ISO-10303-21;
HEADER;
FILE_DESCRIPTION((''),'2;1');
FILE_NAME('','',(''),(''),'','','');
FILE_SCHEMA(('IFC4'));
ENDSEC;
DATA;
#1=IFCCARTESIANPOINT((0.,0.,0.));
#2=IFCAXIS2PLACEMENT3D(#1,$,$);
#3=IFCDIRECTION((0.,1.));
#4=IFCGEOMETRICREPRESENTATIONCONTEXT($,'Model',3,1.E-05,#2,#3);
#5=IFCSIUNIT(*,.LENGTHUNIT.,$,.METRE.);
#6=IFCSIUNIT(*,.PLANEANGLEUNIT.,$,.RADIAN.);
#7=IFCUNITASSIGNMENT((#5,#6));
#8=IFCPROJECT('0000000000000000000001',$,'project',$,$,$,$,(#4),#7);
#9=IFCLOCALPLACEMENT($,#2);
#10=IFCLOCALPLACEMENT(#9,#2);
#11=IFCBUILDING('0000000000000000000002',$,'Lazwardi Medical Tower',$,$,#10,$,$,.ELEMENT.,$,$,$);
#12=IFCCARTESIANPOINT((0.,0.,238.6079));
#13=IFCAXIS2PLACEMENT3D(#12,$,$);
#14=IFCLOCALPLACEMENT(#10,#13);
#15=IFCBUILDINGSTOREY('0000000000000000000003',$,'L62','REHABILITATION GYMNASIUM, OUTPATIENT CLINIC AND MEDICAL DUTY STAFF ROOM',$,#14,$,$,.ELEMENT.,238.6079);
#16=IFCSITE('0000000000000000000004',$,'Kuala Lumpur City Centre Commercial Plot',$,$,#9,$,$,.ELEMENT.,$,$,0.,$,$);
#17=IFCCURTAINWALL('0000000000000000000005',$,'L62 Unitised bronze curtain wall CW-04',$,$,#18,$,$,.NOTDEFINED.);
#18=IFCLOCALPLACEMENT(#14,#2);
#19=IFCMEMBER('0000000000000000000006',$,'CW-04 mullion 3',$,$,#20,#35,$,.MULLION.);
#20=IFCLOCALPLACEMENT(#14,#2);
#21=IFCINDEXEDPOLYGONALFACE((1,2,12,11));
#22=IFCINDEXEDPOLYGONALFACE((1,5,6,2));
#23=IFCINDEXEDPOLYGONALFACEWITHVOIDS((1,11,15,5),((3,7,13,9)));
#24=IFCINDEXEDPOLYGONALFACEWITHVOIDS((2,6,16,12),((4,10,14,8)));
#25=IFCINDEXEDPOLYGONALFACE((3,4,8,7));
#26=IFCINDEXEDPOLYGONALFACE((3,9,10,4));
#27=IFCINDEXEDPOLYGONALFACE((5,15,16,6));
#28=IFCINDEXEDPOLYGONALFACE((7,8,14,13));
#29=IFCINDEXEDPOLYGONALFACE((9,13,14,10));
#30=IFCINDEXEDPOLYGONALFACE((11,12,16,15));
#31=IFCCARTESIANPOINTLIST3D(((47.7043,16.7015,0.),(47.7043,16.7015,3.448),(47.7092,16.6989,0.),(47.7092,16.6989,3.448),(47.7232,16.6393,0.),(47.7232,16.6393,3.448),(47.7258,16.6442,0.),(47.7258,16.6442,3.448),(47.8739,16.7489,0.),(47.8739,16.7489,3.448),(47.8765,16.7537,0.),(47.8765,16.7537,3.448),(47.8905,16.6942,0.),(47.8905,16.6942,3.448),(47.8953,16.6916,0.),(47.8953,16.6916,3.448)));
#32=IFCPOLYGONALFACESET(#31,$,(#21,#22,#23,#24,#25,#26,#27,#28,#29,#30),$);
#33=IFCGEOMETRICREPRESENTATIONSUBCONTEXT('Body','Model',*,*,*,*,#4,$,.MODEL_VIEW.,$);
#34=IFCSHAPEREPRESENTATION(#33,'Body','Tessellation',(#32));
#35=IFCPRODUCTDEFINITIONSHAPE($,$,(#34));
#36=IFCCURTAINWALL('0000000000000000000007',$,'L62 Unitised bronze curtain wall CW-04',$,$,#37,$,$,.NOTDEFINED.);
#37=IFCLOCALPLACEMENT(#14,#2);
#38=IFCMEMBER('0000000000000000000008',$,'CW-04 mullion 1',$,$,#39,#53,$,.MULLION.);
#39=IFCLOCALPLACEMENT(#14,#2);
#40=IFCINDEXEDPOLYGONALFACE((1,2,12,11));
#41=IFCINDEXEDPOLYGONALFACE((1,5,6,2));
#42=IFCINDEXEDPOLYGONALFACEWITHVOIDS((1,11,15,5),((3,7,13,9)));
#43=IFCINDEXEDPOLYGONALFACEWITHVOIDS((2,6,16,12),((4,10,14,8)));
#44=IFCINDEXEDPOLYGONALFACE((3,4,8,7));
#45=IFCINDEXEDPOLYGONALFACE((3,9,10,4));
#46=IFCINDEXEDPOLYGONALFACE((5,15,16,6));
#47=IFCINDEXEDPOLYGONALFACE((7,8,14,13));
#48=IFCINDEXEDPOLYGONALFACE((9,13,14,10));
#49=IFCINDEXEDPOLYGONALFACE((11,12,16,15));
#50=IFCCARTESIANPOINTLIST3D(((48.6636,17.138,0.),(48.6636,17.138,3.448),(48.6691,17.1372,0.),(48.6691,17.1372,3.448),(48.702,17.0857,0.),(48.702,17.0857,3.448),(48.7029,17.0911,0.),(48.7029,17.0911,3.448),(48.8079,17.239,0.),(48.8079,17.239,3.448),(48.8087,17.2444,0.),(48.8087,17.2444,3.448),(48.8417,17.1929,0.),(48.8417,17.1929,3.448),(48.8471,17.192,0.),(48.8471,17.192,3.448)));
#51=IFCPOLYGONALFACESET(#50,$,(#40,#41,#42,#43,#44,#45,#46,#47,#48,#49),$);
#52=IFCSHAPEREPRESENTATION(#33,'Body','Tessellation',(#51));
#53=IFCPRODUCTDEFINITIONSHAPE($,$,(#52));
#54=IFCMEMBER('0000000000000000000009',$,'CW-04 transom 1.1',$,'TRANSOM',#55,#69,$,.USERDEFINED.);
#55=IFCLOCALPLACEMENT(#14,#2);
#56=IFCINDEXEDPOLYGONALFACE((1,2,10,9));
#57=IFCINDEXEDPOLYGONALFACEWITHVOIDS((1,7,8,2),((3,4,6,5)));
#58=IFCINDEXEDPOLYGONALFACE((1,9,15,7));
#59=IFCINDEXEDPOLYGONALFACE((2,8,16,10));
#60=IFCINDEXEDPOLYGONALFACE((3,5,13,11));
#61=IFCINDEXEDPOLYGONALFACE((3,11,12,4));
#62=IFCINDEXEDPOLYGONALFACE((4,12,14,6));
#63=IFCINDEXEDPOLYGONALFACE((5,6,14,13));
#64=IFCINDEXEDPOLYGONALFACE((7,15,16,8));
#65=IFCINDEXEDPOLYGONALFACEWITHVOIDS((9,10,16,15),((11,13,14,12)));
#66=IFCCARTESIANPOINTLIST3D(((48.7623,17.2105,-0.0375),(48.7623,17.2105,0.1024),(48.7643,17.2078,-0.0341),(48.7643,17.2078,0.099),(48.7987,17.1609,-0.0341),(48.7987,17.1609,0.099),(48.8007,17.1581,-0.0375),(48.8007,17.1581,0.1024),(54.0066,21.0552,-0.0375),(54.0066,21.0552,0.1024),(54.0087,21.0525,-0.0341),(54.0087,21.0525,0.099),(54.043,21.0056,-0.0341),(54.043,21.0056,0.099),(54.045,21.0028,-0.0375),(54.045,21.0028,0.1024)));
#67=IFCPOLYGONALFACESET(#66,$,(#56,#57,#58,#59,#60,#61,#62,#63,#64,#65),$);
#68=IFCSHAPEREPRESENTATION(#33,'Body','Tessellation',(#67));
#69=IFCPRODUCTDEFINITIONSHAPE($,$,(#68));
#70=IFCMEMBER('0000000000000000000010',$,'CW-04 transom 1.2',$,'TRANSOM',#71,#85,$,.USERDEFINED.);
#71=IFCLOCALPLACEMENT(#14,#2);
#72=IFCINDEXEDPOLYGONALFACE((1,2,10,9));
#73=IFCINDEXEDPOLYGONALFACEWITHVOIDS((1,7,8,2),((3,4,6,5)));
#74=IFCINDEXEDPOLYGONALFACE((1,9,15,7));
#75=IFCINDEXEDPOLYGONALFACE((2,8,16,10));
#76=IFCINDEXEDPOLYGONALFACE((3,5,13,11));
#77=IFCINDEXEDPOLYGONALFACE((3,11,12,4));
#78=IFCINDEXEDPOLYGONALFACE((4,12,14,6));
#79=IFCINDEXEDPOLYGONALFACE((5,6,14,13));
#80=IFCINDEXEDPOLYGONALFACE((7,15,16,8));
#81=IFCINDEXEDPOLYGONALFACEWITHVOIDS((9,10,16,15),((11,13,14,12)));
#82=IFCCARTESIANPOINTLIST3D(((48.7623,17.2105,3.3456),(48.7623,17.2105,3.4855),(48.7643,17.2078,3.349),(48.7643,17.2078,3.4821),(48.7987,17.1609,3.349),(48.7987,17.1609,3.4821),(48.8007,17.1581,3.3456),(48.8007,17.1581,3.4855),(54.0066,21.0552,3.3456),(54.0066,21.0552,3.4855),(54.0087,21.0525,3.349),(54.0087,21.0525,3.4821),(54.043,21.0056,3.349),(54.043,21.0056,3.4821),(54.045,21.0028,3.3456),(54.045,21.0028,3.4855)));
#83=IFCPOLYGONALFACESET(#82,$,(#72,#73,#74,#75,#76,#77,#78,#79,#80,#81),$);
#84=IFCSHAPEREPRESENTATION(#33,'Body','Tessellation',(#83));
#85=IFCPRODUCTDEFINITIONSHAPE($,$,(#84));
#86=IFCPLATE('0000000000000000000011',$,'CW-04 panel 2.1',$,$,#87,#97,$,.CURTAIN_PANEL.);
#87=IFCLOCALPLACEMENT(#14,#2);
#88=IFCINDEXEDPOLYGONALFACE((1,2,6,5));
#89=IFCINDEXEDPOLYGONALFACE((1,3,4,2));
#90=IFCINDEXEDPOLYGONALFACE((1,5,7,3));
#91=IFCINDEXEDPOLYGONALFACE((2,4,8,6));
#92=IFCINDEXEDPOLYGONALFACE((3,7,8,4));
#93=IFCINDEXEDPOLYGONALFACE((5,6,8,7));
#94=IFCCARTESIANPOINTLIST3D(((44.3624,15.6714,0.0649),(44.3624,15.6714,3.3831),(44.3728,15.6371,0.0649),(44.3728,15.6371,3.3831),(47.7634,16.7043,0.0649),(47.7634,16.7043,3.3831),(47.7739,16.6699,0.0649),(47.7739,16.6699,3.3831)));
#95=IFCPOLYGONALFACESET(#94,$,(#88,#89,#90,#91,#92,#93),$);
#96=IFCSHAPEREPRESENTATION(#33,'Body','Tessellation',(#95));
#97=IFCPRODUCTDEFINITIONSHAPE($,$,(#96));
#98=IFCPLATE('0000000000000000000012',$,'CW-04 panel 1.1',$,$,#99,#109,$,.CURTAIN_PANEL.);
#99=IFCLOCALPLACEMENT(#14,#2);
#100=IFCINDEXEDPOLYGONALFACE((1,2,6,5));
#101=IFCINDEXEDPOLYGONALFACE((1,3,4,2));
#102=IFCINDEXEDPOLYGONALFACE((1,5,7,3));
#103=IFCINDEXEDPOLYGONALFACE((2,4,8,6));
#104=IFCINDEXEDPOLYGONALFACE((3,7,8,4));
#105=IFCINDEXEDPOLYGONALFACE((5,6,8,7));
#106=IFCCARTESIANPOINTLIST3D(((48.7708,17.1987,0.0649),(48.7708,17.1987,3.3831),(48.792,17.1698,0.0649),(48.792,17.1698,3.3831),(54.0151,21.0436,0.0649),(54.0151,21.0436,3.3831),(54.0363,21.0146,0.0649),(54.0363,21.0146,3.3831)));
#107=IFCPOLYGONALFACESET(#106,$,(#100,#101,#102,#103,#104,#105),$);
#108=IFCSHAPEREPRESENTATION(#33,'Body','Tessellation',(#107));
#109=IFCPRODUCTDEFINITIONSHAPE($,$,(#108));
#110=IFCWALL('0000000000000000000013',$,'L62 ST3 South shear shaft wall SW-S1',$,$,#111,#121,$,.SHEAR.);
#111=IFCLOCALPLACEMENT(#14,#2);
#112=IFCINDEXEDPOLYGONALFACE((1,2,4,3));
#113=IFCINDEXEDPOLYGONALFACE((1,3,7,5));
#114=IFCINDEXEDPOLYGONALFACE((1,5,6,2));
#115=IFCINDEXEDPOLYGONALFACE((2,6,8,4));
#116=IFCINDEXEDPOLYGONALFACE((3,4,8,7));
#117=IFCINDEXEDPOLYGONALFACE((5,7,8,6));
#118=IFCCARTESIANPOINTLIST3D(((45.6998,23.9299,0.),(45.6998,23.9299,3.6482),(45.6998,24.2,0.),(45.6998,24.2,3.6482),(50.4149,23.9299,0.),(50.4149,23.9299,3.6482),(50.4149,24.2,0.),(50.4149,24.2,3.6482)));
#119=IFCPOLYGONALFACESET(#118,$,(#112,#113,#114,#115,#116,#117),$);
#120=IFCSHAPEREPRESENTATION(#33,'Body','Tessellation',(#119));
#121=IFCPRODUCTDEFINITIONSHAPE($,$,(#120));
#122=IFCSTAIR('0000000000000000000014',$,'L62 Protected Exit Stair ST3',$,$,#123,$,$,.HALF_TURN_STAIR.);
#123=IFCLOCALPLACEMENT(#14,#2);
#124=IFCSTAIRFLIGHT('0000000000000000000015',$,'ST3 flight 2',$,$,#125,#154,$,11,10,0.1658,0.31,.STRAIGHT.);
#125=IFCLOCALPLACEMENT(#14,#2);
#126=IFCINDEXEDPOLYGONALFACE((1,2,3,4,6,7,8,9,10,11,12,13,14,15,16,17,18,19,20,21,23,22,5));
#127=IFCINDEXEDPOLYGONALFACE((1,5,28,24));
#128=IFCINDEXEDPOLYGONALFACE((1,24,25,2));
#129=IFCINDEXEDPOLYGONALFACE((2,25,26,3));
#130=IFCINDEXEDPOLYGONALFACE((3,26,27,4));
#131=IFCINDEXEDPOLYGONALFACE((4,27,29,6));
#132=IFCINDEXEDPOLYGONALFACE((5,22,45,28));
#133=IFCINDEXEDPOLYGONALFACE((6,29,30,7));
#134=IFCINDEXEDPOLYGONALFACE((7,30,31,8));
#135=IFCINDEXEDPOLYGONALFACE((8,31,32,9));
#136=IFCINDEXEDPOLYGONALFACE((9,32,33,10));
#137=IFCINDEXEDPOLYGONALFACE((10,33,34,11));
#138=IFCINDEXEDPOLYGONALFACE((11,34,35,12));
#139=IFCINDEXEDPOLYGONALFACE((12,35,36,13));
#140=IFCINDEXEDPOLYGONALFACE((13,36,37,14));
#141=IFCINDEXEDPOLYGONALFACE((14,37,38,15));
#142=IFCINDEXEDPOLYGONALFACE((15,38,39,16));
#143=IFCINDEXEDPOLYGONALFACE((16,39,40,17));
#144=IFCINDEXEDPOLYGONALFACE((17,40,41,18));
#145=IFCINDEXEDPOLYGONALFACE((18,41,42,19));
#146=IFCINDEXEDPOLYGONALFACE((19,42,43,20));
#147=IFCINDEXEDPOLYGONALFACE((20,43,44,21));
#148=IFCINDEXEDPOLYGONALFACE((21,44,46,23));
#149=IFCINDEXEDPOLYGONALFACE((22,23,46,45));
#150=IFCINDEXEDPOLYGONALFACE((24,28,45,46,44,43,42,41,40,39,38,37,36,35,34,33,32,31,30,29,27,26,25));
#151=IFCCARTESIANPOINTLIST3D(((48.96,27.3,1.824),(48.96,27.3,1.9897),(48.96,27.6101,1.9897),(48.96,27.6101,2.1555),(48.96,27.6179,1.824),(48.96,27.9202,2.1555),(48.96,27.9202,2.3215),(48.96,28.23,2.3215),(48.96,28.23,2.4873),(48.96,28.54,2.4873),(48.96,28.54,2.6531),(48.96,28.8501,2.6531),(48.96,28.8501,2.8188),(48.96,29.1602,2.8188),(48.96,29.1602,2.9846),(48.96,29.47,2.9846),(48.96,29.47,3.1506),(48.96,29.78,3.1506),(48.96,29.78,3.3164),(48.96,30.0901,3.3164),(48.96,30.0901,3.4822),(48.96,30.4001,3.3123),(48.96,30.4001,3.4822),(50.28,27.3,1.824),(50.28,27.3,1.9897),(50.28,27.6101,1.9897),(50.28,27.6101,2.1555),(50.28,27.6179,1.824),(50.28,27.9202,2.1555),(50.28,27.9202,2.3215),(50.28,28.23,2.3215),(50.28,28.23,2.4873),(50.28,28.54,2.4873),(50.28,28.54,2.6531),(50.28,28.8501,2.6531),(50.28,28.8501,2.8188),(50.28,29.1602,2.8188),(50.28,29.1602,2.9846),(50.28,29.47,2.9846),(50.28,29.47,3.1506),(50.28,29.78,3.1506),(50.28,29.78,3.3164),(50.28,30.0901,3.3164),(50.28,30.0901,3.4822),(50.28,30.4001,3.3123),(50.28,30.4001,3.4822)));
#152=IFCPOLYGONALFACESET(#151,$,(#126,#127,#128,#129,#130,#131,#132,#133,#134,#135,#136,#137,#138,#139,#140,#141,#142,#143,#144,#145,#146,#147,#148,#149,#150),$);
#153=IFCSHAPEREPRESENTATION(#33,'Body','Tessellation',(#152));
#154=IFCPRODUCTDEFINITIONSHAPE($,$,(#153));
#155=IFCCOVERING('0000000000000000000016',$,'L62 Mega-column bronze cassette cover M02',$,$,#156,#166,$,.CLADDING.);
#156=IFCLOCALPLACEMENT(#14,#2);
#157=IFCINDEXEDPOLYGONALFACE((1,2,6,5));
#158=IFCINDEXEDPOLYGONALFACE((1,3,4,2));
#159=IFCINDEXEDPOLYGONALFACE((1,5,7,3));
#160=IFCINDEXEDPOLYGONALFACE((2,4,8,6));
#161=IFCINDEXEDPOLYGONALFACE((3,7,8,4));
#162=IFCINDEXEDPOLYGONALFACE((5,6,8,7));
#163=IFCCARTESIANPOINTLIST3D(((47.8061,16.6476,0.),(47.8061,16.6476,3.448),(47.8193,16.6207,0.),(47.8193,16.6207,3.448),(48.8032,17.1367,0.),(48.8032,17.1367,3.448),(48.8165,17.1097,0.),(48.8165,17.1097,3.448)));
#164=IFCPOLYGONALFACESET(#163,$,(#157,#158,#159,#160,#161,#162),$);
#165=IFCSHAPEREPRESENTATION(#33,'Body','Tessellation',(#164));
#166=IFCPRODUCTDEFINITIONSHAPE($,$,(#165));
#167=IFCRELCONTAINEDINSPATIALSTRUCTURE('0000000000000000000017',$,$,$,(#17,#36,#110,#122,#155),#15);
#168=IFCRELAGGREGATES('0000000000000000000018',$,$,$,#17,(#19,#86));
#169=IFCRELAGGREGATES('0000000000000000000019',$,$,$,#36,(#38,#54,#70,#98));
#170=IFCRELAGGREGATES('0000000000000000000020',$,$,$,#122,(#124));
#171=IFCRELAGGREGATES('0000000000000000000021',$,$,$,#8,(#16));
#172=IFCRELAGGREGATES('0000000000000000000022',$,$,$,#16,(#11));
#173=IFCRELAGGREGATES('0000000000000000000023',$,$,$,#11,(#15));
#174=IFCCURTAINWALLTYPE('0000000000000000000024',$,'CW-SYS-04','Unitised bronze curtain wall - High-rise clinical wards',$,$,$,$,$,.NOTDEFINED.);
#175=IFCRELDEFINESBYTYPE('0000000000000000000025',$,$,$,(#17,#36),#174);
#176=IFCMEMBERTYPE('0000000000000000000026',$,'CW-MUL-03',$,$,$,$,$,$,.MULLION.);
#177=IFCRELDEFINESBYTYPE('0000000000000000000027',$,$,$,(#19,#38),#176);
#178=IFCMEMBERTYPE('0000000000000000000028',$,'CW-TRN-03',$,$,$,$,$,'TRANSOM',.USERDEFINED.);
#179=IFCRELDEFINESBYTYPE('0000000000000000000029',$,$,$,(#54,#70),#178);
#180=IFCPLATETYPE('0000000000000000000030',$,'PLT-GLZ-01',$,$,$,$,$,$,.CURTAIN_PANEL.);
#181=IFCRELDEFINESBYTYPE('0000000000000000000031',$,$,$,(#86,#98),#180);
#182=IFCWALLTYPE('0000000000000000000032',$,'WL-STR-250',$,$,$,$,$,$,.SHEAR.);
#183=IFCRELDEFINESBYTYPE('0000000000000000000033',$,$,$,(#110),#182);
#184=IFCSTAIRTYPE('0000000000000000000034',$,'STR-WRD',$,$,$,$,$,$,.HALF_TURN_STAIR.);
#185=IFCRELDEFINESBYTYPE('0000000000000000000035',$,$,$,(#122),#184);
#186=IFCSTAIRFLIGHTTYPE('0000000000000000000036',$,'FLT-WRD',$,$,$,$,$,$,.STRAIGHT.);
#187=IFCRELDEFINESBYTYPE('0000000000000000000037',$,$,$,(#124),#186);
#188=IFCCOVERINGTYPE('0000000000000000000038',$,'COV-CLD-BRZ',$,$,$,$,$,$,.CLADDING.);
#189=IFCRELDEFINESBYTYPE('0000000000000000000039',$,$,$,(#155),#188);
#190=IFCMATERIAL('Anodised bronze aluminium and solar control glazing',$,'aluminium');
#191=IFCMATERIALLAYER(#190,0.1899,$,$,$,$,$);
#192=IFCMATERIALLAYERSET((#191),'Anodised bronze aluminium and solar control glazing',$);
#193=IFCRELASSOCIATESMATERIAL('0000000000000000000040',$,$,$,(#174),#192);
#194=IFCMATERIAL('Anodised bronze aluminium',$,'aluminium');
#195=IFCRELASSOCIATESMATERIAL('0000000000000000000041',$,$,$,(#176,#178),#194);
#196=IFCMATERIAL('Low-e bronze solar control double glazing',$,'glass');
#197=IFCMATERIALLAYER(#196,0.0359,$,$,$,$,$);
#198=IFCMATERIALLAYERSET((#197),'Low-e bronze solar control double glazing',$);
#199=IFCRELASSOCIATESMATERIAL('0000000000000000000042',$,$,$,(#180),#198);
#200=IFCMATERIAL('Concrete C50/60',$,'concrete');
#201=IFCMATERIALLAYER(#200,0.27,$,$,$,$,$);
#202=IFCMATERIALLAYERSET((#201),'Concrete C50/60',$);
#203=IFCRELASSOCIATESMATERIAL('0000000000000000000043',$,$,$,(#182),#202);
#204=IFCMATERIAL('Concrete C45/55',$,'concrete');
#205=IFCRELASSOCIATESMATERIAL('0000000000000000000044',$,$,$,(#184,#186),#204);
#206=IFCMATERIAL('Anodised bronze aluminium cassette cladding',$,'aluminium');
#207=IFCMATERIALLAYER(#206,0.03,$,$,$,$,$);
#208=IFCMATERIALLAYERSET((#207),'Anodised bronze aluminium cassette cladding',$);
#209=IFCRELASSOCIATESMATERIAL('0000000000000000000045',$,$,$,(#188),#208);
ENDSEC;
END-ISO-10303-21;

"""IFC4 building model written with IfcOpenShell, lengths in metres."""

from ifc_helpers import new_model, si_unit, direction, frame, frame_2d, origin, origin_2d, place, context, subcontext, project, spatial, polyline, rectangle, hollow_rectangle, outline, extrude, material, layer, layer_set, material_profile, profile_set, type_object, element, aggregate, save


model = new_model("IFC4")

# Units and contexts
model_context = context("Model", 3, precision=1e-05, world=origin(), true_north=direction((0.0, 1.0)))
body_context = subcontext(model_context, "Body", "Model", "MODEL_VIEW")
ifc_project = project(units=[si_unit("LENGTHUNIT", "METRE"), si_unit("PLANEANGLEUNIT", "RADIAN")], contexts=[model_context])

# Site, building, storey
site_placement = place(None, origin())
site = spatial("IfcSite", under=ifc_project, at=site_placement, Name="Kuala Lumpur City Centre Commercial Plot", CompositionType="ELEMENT", RefElevation=0.0)
building_placement = place(site_placement, origin())
building = spatial("IfcBuilding", under=site, at=building_placement, Name="Lazwardi Medical Tower", CompositionType="ELEMENT")
storey_placement = place(building_placement, frame((0.0, 0.0, 238.6079)))
storey = spatial("IfcBuildingStorey", under=building, at=storey_placement, Name="L62", Description="REHABILITATION GYMNASIUM, OUTPATIENT CLINIC AND MEDICAL DUTY STAFF ROOM", CompositionType="ELEMENT", Elevation=238.6079)

# Curtain wall, member
ifc_material_1 = material(Name="Anodised bronze aluminium and solar control glazing", Category="aluminium")
ifc_layer_1 = layer(ifc_material_1, 0.1899)
ifc_layer_set_1 = layer_set([ifc_layer_1], Name="Anodised bronze aluminium and solar control glazing")
curtain_wall_type = type_object("IfcCurtainWallType", Name="CW-SYS-04", Description="Unitised bronze curtain wall - High-rise clinical wards", PredefinedType="NOTDEFINED", material=ifc_layer_set_1)
curtain_wall_1_placement = place(storey_placement, origin())
curtain_wall_1 = element("IfcCurtainWall", 1, at=curtain_wall_1_placement, inside=storey, type_object=curtain_wall_type, Name="L62 Unitised bronze curtain wall CW-04", PredefinedType="NOTDEFINED")
ifc_material_2 = material(Name="Anodised bronze aluminium", Category="aluminium")
ifc_material_profile_1 = material_profile(ifc_material_2, hollow_rectangle(XDim=0.0649, YDim=0.1799, WallThickness=0.0039, at=origin_2d()), Name="ALU-MULLION 180x65x4")
ifc_profile_set_1 = profile_set([ifc_material_profile_1], Name="Anodised bronze aluminium")
member_type_1 = type_object("IfcMemberType", Name="CW-MUL-03", PredefinedType="MULLION", material=ifc_profile_set_1)
member_1_placement = place(storey_placement, frame((47.7998, 16.6965, 0.0), z_axis=(0.0, 0.0, 1.0), x_axis=(-0.290582, 0.95685, 0.0)))
member_1 = element("IfcMember", 2, at=member_1_placement, type_object=member_type_1, Name="CW-04 mullion 3", PredefinedType="MULLION", context=body_context, shape_type="SweptSolid", body=[
    extrude(hollow_rectangle(XDim=0.0649, YDim=0.1799, WallThickness=0.0039, at=origin_2d()), origin(), (0.0, 0.0, 1.0), 3.448),
])

# Curtain wall, members
curtain_wall_2_placement = place(storey_placement, origin())
curtain_wall_2 = element("IfcCurtainWall", 3, at=curtain_wall_2_placement, inside=storey, type_object=curtain_wall_type, Name="L62 Unitised bronze curtain wall CW-04", PredefinedType="NOTDEFINED")
member_2_placement = place(storey_placement, frame((48.7554, 17.165, 0.0), z_axis=(0.0, 0.0, 1.0), x_axis=(-0.591268, 0.806475, 0.0)))
member_2 = element("IfcMember", 4, at=member_2_placement, type_object=member_type_1, Name="CW-04 mullion 1", PredefinedType="MULLION", context=body_context, shape_type="SweptSolid", body=[
    extrude(hollow_rectangle(XDim=0.0649, YDim=0.1799, WallThickness=0.0039, at=origin_2d()), origin(), (0.0, 0.0, 1.0), 3.448),
])
ifc_material_profile_2 = material_profile(ifc_material_2, hollow_rectangle(XDim=0.0649, YDim=0.1399, WallThickness=0.0034, at=origin_2d()), Name="ALU-TRANSOM 140x65x3.5")
ifc_profile_set_2 = profile_set([ifc_material_profile_2], Name="Anodised bronze aluminium")
member_type_2 = type_object("IfcMemberType", Name="CW-TRN-03", ElementType="TRANSOM", PredefinedType="USERDEFINED", material=ifc_profile_set_2)
member_3_placement = place(storey_placement, frame((48.7815, 17.1843, 0.0325), z_axis=(0.80649, 0.591248, 0.0), x_axis=(-0.591248, 0.80649, 0.0)))
member_3 = element("IfcMember", 5, at=member_3_placement, type_object=member_type_2, Name="CW-04 transom 1.1", ObjectType="TRANSOM", PredefinedType="USERDEFINED", context=body_context, shape_type="SweptSolid", body=[
    extrude(hollow_rectangle(XDim=0.0649, YDim=0.1399, WallThickness=0.0034, at=origin_2d()), origin(), (0.0, 0.0, 1.0), 6.5027),
])
member_4_placement = place(storey_placement, frame((48.7815, 17.1843, 3.4155), z_axis=(0.80649, 0.591248, 0.0), x_axis=(-0.591248, 0.80649, 0.0)))
member_4 = element("IfcMember", 6, at=member_4_placement, type_object=member_type_2, Name="CW-04 transom 1.2", ObjectType="TRANSOM", PredefinedType="USERDEFINED", context=body_context, shape_type="SweptSolid", body=[
    extrude(hollow_rectangle(XDim=0.0649, YDim=0.1399, WallThickness=0.0034, at=origin_2d()), origin(), (0.0, 0.0, 1.0), 6.5027),
])

# Plates
ifc_material_3 = material(Name="Low-e bronze solar control double glazing", Category="glass")
ifc_layer_2 = layer(ifc_material_3, 0.0359)
ifc_layer_set_2 = layer_set([ifc_layer_2], Name="Low-e bronze solar control double glazing")
plate_type = type_object("IfcPlateType", Name="PLT-GLZ-01", PredefinedType="CURTAIN_PANEL", material=ifc_layer_set_2)
plate_1_placement = place(storey_placement, frame((46.0681, 16.1707, 0.0649), z_axis=(0.0, 0.0, 1.0), x_axis=(0.95685, 0.290582, 0.0)))
plate_1 = element("IfcPlate", 7, at=plate_1_placement, type_object=plate_type, Name="CW-04 panel 2.1", PredefinedType="CURTAIN_PANEL", context=body_context, shape_type="SweptSolid", body=[
    extrude(rectangle(XDim=3.5544, YDim=0.0359, at=origin_2d()), origin(), (0.0, 0.0, 1.0), 3.3181),
])
aggregate(curtain_wall_1, [member_1, plate_1])
plate_2_placement = place(storey_placement, frame((51.4036, 19.1067, 0.0649), z_axis=(0.0, 0.0, 1.0), x_axis=(0.806475, 0.591268, 0.0)))
plate_2 = element("IfcPlate", 8, at=plate_2_placement, type_object=plate_type, Name="CW-04 panel 1.1", PredefinedType="CURTAIN_PANEL", context=body_context, shape_type="SweptSolid", body=[
    extrude(rectangle(XDim=6.5027, YDim=0.0359, at=origin_2d()), origin(), (0.0, 0.0, 1.0), 3.3181),
])
aggregate(curtain_wall_2, [member_2, member_3, member_4, plate_2])

# Wall
ifc_material_4 = material(Name="Concrete C50/60", Category="concrete")
ifc_layer_3 = layer(ifc_material_4, 0.27)
ifc_layer_set_3 = layer_set([ifc_layer_3], Name="Concrete C50/60")
wall_type = type_object("IfcWallType", Name="WL-STR-250", PredefinedType="SHEAR", material=ifc_layer_set_3)
wall_placement = place(storey_placement, frame((45.7, 24.0649, 0.0), z_axis=(0.0, 0.0, 1.0), x_axis=(1.0, 0.0, 0.0)))
element("IfcWall", 9, at=wall_placement, inside=storey, type_object=wall_type, Name="L62 ST3 South shear shaft wall SW-S1", PredefinedType="SHEAR", context=body_context, shape_type="SweptSolid", body=[
    extrude(rectangle(XDim=4.7151, YDim=0.27, at=frame_2d((2.3574, 0.0))), origin(), (0.0, 0.0, 1.0), 3.6482),
])

# Stair, stair flight
ifc_material_5 = material(Name="Concrete C45/55", Category="concrete")
stair_type = type_object("IfcStairType", Name="STR-WRD", PredefinedType="HALF_TURN_STAIR", material=ifc_material_5)
stair_placement = place(storey_placement, origin())
stair = element("IfcStair", 10, at=stair_placement, inside=storey, type_object=stair_type, Name="L62 Protected Exit Stair ST3", PredefinedType="HALF_TURN_STAIR")
stair_flight_type = type_object("IfcStairFlightType", Name="FLT-WRD", PredefinedType="STRAIGHT", material=ifc_material_5)
stair_flight_placement = place(storey_placement, frame((49.6201, 27.3, 1.824), z_axis=(0.0, 0.0, 1.0), x_axis=(0.0, 1.0, 0.0)))
stair_flight = element("IfcStairFlight", 11, at=stair_flight_placement, type_object=stair_flight_type, Name="ST3 flight 2", NumberOfRisers=11, NumberOfTreads=10, PredefinedType="STRAIGHT", RiserHeight=0.1658, TreadLength=0.31, context=body_context, shape_type="SweptSolid", body=[
    extrude(outline(polyline([(0.0, 0.0), (0.0, 0.1658), (0.3101, 0.1658), (0.3101, 0.3315), (0.6201, 0.3315), (0.6201, 0.4976), (0.9299, 0.4976), (0.9299, 0.6633), (1.24, 0.6633), (1.24, 0.8291), (1.55, 0.8291), (1.55, 0.9949), (1.8601, 0.9949), (1.8601, 1.1606), (2.1699, 1.1606), (2.1699, 1.3267), (2.48, 1.3267), (2.48, 1.4924), (2.79, 1.4924), (2.79, 1.6582), (3.1001, 1.6582), (3.1001, 1.824), (3.1001, 1.4883), (0.3179, 0.0), (0.0, 0.0)])), frame((0.0, 0.6602, 0.0), z_axis=(0.0, -1.0, 0.0), x_axis=(1.0, 0.0, 0.0)), (0.0, 0.0, 1.0), 1.3201),
])
aggregate(stair, [stair_flight])

# Covering
ifc_material_6 = material(Name="Anodised bronze aluminium cassette cladding", Category="aluminium")
ifc_layer_4 = layer(ifc_material_6, 0.03)
ifc_layer_set_4 = layer_set([ifc_layer_4], Name="Anodised bronze aluminium cassette cladding")
covering_type = type_object("IfcCoveringType", Name="COV-CLD-BRZ", PredefinedType="CLADDING", material=ifc_layer_set_4)
covering_placement = place(storey_placement, frame((48.3113, 16.8787, 0.0), z_axis=(0.0, 0.0, 1.0), x_axis=(0.89784, 0.440322, 0.0)))
element("IfcCovering", 12, at=covering_placement, inside=storey, type_object=covering_type, Name="L62 Mega-column bronze cassette cover M02", PredefinedType="CLADDING", context=body_context, shape_type="SweptSolid", body=[
    extrude(rectangle(XDim=1.1106, YDim=0.03, at=origin_2d()), origin(), (0.0, 0.0, 1.0), 3.448),
])

save(model, "model.ifc")
